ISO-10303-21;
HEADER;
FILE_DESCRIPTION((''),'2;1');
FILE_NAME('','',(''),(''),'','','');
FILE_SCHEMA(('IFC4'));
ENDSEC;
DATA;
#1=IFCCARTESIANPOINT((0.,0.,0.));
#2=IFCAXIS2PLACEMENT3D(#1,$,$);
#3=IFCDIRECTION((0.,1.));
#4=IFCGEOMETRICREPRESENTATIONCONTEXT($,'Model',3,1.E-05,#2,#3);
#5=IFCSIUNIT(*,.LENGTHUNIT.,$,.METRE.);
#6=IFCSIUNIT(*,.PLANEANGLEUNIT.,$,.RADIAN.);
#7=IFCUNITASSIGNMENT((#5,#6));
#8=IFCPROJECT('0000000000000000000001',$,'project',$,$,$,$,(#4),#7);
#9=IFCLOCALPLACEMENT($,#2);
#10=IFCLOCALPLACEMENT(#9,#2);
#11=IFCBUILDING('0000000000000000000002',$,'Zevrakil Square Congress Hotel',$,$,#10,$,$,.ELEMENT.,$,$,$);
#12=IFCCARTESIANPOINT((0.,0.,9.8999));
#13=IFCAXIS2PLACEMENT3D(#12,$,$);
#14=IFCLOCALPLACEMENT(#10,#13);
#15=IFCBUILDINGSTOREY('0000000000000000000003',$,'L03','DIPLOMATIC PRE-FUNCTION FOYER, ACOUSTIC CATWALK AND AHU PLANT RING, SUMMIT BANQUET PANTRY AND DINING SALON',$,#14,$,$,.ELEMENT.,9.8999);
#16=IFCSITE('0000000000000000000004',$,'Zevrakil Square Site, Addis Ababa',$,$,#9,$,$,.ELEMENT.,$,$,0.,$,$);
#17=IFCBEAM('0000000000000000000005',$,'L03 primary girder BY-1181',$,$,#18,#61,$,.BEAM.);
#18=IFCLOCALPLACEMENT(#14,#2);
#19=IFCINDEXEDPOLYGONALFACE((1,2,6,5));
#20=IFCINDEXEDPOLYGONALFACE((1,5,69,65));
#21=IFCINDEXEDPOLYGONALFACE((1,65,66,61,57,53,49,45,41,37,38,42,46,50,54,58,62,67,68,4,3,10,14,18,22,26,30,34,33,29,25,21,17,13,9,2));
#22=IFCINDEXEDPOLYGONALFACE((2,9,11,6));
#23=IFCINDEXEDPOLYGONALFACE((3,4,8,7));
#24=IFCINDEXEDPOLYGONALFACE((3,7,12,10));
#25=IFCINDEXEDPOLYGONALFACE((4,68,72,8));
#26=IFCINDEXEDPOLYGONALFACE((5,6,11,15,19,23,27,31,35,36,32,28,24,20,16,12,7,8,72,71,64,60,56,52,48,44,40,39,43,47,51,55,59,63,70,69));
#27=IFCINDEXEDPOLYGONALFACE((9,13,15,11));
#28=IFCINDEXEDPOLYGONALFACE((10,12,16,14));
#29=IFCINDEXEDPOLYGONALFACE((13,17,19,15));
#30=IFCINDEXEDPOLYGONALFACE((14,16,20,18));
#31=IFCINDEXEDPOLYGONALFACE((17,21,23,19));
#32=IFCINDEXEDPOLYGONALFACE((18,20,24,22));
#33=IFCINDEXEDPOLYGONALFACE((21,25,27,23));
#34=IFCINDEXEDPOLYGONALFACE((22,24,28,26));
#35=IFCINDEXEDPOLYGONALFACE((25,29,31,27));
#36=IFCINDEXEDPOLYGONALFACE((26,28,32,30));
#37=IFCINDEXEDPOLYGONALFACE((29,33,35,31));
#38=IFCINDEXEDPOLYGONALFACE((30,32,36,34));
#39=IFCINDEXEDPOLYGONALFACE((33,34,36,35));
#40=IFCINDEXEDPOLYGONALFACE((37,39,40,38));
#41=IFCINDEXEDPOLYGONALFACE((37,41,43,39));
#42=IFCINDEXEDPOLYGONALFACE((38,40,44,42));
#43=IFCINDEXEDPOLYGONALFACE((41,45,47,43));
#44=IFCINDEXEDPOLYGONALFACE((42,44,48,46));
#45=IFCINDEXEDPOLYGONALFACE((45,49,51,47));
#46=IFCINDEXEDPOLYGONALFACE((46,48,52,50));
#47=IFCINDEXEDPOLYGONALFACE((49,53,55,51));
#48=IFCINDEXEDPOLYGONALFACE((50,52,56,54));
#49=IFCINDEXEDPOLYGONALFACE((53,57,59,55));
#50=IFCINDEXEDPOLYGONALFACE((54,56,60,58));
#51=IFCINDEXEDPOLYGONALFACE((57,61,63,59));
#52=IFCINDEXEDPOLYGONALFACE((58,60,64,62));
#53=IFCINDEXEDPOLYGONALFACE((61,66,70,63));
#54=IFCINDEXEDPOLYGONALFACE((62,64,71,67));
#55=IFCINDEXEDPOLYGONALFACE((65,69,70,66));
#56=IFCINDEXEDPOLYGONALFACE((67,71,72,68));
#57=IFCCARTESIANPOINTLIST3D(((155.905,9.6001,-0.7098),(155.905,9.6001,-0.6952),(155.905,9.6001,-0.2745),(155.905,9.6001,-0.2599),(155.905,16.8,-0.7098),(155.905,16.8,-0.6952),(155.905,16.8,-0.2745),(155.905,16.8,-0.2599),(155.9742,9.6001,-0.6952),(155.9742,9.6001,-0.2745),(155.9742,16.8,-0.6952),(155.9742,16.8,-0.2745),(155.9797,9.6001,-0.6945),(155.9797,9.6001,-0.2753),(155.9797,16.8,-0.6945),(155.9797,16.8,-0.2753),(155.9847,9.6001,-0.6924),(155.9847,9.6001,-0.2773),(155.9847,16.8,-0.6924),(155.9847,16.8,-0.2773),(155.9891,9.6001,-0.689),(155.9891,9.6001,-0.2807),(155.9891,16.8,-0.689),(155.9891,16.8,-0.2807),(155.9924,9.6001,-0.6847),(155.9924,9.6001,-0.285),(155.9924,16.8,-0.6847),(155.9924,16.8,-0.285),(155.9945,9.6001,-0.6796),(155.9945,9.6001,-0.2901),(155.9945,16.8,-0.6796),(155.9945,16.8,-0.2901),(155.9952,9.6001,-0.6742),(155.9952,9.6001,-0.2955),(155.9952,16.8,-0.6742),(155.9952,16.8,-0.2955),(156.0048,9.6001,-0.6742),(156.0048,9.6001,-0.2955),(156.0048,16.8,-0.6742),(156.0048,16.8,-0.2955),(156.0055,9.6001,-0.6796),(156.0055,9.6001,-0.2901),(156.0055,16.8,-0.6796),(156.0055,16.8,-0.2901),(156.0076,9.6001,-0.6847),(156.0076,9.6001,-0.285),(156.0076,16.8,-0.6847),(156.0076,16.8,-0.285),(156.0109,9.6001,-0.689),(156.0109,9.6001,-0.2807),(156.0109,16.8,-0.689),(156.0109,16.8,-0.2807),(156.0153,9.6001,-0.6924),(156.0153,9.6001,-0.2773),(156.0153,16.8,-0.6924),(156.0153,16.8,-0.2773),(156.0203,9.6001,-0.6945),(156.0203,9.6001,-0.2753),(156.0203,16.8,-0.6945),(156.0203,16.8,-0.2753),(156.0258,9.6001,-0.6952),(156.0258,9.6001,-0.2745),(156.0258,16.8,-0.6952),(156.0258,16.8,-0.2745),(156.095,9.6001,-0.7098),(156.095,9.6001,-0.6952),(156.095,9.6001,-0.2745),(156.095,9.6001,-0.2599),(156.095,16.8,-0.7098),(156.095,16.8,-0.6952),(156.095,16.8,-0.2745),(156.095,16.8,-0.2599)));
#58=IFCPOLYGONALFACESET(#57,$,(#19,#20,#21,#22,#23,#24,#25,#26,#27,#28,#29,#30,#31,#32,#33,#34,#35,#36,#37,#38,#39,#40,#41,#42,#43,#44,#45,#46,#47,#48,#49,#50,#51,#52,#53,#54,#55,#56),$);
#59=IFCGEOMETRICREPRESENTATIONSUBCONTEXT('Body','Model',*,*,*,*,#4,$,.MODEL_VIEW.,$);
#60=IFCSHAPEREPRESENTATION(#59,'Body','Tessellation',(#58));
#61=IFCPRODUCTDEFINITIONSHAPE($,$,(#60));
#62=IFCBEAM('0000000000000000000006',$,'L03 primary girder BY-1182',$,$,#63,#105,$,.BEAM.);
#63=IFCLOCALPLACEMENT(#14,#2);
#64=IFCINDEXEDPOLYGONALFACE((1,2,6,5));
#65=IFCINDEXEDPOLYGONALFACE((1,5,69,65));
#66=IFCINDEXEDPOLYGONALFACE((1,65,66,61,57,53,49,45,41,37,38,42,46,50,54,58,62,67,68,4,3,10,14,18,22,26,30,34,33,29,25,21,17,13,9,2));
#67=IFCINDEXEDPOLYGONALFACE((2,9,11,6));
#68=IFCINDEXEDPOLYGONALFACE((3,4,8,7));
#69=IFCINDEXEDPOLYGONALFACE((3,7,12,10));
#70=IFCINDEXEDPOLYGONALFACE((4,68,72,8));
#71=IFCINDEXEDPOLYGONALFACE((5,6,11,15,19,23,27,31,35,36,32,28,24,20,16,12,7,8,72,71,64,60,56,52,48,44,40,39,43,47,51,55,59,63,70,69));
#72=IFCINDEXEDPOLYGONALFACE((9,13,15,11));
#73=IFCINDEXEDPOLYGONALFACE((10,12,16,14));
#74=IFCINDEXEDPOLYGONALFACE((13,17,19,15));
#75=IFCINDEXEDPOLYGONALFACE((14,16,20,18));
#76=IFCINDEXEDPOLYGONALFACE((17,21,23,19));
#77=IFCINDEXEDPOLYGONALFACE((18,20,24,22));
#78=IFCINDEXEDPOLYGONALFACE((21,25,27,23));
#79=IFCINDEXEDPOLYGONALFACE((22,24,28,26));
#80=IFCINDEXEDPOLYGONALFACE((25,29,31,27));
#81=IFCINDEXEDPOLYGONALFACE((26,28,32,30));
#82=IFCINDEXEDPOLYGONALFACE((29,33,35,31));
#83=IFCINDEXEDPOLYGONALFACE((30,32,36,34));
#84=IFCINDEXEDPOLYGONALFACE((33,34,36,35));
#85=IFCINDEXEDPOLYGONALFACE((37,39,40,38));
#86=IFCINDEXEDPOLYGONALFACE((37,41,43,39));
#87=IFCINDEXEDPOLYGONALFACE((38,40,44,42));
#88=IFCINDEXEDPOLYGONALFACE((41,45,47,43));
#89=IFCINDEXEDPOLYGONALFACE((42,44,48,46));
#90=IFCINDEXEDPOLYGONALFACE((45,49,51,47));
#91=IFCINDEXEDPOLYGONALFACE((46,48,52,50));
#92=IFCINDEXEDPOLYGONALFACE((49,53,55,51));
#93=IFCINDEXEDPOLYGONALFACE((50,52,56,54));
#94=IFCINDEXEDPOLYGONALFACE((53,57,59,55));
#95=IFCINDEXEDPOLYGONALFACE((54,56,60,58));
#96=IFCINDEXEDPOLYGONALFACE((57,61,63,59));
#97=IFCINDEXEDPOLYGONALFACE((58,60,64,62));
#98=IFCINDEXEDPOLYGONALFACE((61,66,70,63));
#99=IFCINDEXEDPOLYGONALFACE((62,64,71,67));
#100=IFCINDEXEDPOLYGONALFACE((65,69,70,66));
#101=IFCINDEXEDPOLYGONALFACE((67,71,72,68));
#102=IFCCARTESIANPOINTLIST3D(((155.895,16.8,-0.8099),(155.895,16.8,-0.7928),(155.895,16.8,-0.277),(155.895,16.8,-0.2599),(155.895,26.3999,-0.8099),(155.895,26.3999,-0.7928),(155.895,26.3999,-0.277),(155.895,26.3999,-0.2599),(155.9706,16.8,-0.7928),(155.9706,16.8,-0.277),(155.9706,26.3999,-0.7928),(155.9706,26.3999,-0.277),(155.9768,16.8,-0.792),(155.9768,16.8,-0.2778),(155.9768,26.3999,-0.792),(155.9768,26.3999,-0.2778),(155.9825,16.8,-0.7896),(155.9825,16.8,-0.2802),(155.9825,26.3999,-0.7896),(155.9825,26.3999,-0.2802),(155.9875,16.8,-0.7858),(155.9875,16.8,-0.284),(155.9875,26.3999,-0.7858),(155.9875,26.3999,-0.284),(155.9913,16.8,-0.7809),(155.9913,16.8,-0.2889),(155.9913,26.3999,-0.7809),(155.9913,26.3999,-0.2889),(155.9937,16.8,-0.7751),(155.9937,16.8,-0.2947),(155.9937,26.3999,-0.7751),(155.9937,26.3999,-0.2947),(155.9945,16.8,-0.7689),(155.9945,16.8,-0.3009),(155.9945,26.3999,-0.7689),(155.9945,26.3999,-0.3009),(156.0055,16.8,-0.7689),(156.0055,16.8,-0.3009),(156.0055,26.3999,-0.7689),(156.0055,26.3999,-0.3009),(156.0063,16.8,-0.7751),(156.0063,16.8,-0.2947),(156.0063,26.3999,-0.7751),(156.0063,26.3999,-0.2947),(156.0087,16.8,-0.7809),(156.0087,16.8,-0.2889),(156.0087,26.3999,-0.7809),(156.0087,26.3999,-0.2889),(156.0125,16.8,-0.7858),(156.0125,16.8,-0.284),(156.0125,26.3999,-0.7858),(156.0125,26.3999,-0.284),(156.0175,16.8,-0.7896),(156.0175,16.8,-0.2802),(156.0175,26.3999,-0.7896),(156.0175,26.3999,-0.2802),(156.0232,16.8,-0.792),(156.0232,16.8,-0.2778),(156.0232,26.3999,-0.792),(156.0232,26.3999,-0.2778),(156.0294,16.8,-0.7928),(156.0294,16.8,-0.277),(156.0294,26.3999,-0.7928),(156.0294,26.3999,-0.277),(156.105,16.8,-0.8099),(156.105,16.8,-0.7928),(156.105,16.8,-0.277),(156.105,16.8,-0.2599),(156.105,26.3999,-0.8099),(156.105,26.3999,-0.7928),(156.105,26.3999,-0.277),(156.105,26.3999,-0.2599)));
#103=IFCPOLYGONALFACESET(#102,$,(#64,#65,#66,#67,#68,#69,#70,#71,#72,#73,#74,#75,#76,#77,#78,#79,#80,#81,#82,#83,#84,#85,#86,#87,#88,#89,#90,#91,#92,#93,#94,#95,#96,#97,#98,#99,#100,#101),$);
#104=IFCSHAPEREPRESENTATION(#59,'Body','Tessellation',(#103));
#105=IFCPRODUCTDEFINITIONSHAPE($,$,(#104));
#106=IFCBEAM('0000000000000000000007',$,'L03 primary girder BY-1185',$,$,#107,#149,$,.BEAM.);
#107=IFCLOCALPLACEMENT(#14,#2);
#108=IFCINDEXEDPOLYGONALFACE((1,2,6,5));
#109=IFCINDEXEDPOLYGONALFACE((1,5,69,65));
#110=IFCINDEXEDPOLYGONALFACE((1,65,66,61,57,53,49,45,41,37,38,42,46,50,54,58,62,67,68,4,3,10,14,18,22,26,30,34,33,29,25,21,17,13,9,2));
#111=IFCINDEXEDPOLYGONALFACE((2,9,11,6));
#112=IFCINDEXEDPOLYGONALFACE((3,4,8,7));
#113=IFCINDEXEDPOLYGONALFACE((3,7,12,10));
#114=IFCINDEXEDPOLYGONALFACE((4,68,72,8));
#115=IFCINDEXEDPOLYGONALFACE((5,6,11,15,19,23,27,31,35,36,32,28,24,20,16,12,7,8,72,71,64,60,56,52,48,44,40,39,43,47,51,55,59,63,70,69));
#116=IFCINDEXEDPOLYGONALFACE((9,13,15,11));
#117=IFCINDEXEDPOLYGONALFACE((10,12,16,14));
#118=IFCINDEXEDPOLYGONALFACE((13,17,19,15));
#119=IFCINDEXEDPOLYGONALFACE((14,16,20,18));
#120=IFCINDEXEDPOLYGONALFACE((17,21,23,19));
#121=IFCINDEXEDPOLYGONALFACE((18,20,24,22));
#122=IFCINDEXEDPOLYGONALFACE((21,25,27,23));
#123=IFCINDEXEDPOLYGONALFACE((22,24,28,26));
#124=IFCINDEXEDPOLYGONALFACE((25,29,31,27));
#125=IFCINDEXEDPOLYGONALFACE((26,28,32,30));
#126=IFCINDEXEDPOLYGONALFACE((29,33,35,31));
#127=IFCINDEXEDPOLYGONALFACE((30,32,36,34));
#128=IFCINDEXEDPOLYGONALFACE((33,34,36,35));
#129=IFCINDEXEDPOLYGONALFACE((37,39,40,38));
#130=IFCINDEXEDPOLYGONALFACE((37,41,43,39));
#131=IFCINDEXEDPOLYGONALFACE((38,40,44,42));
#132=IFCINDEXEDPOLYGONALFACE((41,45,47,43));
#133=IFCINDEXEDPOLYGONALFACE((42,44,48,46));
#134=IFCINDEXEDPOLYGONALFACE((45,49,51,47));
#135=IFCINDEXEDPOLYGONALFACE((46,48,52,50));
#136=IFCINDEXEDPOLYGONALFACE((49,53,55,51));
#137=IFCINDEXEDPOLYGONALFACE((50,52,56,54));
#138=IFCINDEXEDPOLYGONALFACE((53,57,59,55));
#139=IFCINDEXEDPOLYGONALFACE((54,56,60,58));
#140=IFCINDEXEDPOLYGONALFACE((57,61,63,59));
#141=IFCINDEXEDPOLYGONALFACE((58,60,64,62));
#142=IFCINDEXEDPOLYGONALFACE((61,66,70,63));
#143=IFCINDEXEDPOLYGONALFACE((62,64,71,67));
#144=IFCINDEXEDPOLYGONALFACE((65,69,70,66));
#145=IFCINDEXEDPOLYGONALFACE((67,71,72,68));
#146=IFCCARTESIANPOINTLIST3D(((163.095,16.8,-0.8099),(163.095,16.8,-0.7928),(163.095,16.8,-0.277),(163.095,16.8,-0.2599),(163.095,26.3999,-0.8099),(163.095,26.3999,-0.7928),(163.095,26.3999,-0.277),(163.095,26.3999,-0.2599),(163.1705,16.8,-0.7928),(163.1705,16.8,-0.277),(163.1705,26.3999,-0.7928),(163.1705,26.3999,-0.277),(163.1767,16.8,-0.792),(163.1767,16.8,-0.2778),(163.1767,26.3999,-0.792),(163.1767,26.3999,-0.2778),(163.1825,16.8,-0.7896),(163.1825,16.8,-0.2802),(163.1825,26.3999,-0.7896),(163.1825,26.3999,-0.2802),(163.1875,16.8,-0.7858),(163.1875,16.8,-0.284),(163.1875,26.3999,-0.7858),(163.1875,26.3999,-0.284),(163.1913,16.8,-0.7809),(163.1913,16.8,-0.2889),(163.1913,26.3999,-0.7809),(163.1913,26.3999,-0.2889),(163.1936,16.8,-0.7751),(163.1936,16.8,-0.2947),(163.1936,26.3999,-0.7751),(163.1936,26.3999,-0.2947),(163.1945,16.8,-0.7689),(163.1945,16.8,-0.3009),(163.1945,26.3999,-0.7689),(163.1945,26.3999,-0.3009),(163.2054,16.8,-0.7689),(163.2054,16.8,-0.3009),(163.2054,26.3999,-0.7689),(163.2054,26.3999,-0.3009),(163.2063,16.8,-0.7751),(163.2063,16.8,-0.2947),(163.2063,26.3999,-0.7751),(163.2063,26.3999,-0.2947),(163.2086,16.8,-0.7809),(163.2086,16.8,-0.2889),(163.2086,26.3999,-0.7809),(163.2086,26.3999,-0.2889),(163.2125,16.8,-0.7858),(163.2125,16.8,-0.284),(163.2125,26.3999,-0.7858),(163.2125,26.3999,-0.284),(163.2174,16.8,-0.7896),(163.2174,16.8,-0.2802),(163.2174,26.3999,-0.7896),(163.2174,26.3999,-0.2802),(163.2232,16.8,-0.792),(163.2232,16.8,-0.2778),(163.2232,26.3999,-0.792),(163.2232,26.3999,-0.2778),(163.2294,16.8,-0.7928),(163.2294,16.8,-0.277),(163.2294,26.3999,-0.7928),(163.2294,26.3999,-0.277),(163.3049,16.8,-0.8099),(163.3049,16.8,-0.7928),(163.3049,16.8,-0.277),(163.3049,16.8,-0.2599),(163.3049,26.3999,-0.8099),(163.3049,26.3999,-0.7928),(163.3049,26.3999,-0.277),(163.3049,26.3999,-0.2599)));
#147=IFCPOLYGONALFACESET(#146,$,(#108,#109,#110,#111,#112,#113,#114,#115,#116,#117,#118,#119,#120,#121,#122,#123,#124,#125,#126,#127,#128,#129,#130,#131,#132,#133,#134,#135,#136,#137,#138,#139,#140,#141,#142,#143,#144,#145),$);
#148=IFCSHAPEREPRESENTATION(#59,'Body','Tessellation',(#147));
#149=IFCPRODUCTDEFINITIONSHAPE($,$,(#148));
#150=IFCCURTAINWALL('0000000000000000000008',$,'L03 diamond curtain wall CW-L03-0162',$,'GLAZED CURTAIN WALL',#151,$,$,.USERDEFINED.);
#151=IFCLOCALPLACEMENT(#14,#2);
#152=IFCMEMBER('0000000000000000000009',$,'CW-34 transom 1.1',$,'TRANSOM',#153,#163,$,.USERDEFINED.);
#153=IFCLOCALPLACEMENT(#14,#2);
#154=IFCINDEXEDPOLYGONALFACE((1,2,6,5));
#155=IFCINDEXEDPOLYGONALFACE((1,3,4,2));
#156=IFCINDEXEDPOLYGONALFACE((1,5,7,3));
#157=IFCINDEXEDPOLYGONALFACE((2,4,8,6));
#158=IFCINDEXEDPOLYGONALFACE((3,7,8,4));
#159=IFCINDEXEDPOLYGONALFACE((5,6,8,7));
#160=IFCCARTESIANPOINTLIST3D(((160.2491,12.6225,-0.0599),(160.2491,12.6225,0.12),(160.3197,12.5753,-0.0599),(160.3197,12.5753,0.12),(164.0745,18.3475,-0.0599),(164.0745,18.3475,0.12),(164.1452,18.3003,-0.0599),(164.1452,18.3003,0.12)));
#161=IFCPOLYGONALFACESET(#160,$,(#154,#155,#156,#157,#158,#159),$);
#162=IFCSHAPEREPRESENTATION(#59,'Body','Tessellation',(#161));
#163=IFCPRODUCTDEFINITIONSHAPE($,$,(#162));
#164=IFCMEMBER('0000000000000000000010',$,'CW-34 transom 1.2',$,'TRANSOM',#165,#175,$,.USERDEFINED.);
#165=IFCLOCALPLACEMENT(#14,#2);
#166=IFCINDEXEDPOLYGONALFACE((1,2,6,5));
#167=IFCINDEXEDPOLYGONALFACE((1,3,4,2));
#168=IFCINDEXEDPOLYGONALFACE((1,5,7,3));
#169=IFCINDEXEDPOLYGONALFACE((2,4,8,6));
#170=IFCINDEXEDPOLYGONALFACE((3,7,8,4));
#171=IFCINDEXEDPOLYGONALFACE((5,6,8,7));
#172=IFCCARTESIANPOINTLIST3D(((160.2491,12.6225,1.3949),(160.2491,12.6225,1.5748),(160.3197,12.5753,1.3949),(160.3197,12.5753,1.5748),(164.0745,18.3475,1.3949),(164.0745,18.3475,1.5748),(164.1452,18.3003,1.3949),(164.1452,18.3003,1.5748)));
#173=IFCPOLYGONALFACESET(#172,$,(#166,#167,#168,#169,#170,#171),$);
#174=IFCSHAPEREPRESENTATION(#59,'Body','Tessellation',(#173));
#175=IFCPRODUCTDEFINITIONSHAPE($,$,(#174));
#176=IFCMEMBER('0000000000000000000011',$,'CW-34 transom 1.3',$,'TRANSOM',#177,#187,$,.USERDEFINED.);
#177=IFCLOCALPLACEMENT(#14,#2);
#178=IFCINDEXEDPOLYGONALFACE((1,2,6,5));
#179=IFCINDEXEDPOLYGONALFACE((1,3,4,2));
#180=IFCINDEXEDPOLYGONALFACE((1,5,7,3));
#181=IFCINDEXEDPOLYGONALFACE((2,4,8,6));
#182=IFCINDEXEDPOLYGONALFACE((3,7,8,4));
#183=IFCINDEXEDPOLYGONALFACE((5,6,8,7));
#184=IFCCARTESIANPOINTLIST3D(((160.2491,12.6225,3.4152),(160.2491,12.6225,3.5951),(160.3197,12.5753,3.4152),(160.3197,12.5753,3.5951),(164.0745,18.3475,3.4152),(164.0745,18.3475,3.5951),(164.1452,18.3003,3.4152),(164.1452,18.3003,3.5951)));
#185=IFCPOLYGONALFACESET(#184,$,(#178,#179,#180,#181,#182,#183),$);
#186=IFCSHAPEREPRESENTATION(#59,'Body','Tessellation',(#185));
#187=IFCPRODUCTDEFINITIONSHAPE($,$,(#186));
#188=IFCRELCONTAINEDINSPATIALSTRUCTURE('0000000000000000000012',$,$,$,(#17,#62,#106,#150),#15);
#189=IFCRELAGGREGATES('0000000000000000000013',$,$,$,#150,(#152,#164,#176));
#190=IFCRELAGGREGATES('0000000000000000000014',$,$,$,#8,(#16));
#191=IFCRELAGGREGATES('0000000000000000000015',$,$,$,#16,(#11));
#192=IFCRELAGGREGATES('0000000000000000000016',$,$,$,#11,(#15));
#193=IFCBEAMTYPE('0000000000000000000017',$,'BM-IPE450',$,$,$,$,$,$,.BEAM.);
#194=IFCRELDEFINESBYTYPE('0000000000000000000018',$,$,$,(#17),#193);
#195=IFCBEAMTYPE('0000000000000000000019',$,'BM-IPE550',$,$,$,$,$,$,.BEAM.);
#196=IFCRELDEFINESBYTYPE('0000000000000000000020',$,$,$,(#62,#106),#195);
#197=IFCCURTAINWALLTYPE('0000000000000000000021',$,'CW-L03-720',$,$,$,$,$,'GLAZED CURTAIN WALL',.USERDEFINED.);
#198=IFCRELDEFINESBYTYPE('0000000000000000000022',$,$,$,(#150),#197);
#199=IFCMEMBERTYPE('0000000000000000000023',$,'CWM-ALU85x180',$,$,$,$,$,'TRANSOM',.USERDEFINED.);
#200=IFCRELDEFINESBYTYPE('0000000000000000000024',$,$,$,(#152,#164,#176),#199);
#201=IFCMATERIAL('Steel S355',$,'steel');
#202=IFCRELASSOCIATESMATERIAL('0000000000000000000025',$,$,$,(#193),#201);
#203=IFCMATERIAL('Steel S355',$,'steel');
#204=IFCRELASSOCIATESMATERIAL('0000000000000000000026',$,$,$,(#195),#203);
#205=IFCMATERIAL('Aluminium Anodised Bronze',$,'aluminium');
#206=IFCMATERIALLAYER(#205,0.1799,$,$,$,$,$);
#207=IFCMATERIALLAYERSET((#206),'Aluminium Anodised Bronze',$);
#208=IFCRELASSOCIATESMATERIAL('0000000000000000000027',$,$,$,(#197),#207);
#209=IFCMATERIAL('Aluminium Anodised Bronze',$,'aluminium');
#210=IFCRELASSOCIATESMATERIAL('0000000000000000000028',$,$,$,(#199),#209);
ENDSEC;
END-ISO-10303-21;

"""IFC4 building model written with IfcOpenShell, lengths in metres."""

from ifc_helpers import new_model, si_unit, direction, frame, origin, origin_2d, place, context, subcontext, project, spatial, rectangle, i_section, extrude, material, layer, layer_set, material_profile, profile_set, type_object, element, aggregate, save


model = new_model("IFC4")

# Units and contexts
model_context = context("Model", 3, precision=1e-05, world=origin(), true_north=direction((0.0, 1.0)))
body_context = subcontext(model_context, "Body", "Model", "MODEL_VIEW")
ifc_project = project(units=[si_unit("LENGTHUNIT", "METRE"), si_unit("PLANEANGLEUNIT", "RADIAN")], contexts=[model_context])

# Site, building, storey
site_placement = place(None, origin())
site = spatial("IfcSite", under=ifc_project, at=site_placement, Name="Zevrakil Square Site, Addis Ababa", CompositionType="ELEMENT", RefElevation=0.0)
building_placement = place(site_placement, origin())
building = spatial("IfcBuilding", under=site, at=building_placement, Name="Zevrakil Square Congress Hotel", CompositionType="ELEMENT")
storey_placement = place(building_placement, frame((0.0, 0.0, 9.8999)))
storey = spatial("IfcBuildingStorey", under=building, at=storey_placement, Name="L03", Description="DIPLOMATIC PRE-FUNCTION FOYER, ACOUSTIC CATWALK AND AHU PLANT RING, SUMMIT BANQUET PANTRY AND DINING SALON", CompositionType="ELEMENT", Elevation=9.8999)

# Beams
ifc_material_1 = material(Name="Steel S355", Category="steel")
ifc_material_profile_1 = material_profile(ifc_material_1, i_section(OverallWidth=0.1899, OverallDepth=0.45, WebThickness=0.0095, FlangeThickness=0.0146, FilletRadius=0.021, at=origin_2d()), Name="IPE 450")
ifc_profile_set_1 = profile_set([ifc_material_profile_1], Name="Steel S355")
beam_type_1 = type_object("IfcBeamType", Name="BM-IPE450", PredefinedType="BEAM", material=ifc_profile_set_1)
beam_1_placement = place(storey_placement, frame((156.0, 9.6001, -0.4849), z_axis=(0.0, 1.0, 0.0), x_axis=(-1.0, 0.0, 0.0)))
element("IfcBeam", 1, at=beam_1_placement, inside=storey, type_object=beam_type_1, Name="L03 primary girder BY-1181", PredefinedType="BEAM", context=body_context, shape_type="SweptSolid", body=[
    extrude(i_section(OverallWidth=0.1899, OverallDepth=0.45, WebThickness=0.0095, FlangeThickness=0.0146, FilletRadius=0.021, at=origin_2d()), origin(), (0.0, 0.0, 1.0), 7.2),
])
ifc_material_2 = material(Name="Steel S355", Category="steel")
ifc_material_profile_2 = material_profile(ifc_material_2, i_section(OverallWidth=0.21, OverallDepth=0.55, WebThickness=0.011, FlangeThickness=0.0171, FilletRadius=0.0239, at=origin_2d()), Name="IPE 550")
ifc_profile_set_2 = profile_set([ifc_material_profile_2], Name="Steel S355")
beam_type_2 = type_object("IfcBeamType", Name="BM-IPE550", PredefinedType="BEAM", material=ifc_profile_set_2)
for number, where, z_axis, x_axis, name in (
    (2, (156.0, 16.8, -0.5349), (0.0, 1.0, 0.0), (-1.0, 0.0, 0.0), "L03 primary girder BY-1182"),
    (3, (163.2, 16.8, -0.5349), (0.0, 1.0, 0.0), (-1.0, 0.0, 0.0), "L03 primary girder BY-1185"),
):
    element("IfcBeam", number, at=place(storey_placement, frame(where, z_axis=z_axis, x_axis=x_axis)), inside=storey, type_object=beam_type_2, Name=name, PredefinedType="BEAM", context=body_context, shape_type="SweptSolid", body=[
        extrude(i_section(OverallWidth=0.21, OverallDepth=0.55, WebThickness=0.011, FlangeThickness=0.0171, FilletRadius=0.0239, at=origin_2d()), origin(), (0.0, 0.0, 1.0), 9.5999),
    ])

# Curtain wall, members
ifc_material_3 = material(Name="Aluminium Anodised Bronze", Category="aluminium")
ifc_layer_1 = layer(ifc_material_3, 0.1799)
ifc_layer_set_1 = layer_set([ifc_layer_1], Name="Aluminium Anodised Bronze")
curtain_wall_type = type_object("IfcCurtainWallType", Name="CW-L03-720", ElementType="GLAZED CURTAIN WALL", PredefinedType="USERDEFINED", material=ifc_layer_set_1)
curtain_wall_placement = place(storey_placement, origin())
curtain_wall = element("IfcCurtainWall", 4, at=curtain_wall_placement, inside=storey, type_object=curtain_wall_type, Name="L03 diamond curtain wall CW-L03-0162", ObjectType="GLAZED CURTAIN WALL", PredefinedType="USERDEFINED")
ifc_material_4 = material(Name="Aluminium Anodised Bronze", Category="aluminium")
ifc_material_profile_3 = material_profile(ifc_material_4, rectangle(XDim=0.085, YDim=0.1799, at=origin_2d()), Name="ALU 85x180")
ifc_profile_set_3 = profile_set([ifc_material_profile_3], Name="Aluminium Anodised Bronze")
member_type_1 = type_object("IfcMemberType", Name="CWM-ALU85x180", ElementType="TRANSOM", PredefinedType="USERDEFINED", material=ifc_profile_set_3)
member_1_placement = place(storey_placement, frame((160.2844, 12.5989, 0.03), z_axis=(0.555575, 0.831466, 0.0), x_axis=(-0.831466, 0.555575, 0.0)))
member_1 = element("IfcMember", 5, at=member_1_placement, type_object=member_type_1, Name="CW-34 transom 1.1", ObjectType="TRANSOM", PredefinedType="USERDEFINED", context=body_context, shape_type="SweptSolid", body=[
    extrude(rectangle(XDim=0.085, YDim=0.1799, at=origin_2d()), origin(), (0.0, 0.0, 1.0), 6.8855),
])
member_2_placement = place(storey_placement, frame((160.2844, 12.5989, 1.4849), z_axis=(0.555575, 0.831466, 0.0), x_axis=(-0.831466, 0.555575, 0.0)))
member_2 = element("IfcMember", 6, at=member_2_placement, type_object=member_type_1, Name="CW-34 transom 1.2", ObjectType="TRANSOM", PredefinedType="USERDEFINED", context=body_context, shape_type="SweptSolid", body=[
    extrude(rectangle(XDim=0.085, YDim=0.1799, at=origin_2d()), origin(), (0.0, 0.0, 1.0), 6.8855),
])
member_3_placement = place(storey_placement, frame((160.2844, 12.5989, 3.5051), z_axis=(0.555575, 0.831466, 0.0), x_axis=(-0.831466, 0.555575, 0.0)))
member_3 = element("IfcMember", 7, at=member_3_placement, type_object=member_type_1, Name="CW-34 transom 1.3", ObjectType="TRANSOM", PredefinedType="USERDEFINED", context=body_context, shape_type="SweptSolid", body=[
    extrude(rectangle(XDim=0.085, YDim=0.1799, at=origin_2d()), origin(), (0.0, 0.0, 1.0), 6.8855),
])

aggregate(curtain_wall, [member_1, member_2, member_3])

save(model, "model.ifc")
